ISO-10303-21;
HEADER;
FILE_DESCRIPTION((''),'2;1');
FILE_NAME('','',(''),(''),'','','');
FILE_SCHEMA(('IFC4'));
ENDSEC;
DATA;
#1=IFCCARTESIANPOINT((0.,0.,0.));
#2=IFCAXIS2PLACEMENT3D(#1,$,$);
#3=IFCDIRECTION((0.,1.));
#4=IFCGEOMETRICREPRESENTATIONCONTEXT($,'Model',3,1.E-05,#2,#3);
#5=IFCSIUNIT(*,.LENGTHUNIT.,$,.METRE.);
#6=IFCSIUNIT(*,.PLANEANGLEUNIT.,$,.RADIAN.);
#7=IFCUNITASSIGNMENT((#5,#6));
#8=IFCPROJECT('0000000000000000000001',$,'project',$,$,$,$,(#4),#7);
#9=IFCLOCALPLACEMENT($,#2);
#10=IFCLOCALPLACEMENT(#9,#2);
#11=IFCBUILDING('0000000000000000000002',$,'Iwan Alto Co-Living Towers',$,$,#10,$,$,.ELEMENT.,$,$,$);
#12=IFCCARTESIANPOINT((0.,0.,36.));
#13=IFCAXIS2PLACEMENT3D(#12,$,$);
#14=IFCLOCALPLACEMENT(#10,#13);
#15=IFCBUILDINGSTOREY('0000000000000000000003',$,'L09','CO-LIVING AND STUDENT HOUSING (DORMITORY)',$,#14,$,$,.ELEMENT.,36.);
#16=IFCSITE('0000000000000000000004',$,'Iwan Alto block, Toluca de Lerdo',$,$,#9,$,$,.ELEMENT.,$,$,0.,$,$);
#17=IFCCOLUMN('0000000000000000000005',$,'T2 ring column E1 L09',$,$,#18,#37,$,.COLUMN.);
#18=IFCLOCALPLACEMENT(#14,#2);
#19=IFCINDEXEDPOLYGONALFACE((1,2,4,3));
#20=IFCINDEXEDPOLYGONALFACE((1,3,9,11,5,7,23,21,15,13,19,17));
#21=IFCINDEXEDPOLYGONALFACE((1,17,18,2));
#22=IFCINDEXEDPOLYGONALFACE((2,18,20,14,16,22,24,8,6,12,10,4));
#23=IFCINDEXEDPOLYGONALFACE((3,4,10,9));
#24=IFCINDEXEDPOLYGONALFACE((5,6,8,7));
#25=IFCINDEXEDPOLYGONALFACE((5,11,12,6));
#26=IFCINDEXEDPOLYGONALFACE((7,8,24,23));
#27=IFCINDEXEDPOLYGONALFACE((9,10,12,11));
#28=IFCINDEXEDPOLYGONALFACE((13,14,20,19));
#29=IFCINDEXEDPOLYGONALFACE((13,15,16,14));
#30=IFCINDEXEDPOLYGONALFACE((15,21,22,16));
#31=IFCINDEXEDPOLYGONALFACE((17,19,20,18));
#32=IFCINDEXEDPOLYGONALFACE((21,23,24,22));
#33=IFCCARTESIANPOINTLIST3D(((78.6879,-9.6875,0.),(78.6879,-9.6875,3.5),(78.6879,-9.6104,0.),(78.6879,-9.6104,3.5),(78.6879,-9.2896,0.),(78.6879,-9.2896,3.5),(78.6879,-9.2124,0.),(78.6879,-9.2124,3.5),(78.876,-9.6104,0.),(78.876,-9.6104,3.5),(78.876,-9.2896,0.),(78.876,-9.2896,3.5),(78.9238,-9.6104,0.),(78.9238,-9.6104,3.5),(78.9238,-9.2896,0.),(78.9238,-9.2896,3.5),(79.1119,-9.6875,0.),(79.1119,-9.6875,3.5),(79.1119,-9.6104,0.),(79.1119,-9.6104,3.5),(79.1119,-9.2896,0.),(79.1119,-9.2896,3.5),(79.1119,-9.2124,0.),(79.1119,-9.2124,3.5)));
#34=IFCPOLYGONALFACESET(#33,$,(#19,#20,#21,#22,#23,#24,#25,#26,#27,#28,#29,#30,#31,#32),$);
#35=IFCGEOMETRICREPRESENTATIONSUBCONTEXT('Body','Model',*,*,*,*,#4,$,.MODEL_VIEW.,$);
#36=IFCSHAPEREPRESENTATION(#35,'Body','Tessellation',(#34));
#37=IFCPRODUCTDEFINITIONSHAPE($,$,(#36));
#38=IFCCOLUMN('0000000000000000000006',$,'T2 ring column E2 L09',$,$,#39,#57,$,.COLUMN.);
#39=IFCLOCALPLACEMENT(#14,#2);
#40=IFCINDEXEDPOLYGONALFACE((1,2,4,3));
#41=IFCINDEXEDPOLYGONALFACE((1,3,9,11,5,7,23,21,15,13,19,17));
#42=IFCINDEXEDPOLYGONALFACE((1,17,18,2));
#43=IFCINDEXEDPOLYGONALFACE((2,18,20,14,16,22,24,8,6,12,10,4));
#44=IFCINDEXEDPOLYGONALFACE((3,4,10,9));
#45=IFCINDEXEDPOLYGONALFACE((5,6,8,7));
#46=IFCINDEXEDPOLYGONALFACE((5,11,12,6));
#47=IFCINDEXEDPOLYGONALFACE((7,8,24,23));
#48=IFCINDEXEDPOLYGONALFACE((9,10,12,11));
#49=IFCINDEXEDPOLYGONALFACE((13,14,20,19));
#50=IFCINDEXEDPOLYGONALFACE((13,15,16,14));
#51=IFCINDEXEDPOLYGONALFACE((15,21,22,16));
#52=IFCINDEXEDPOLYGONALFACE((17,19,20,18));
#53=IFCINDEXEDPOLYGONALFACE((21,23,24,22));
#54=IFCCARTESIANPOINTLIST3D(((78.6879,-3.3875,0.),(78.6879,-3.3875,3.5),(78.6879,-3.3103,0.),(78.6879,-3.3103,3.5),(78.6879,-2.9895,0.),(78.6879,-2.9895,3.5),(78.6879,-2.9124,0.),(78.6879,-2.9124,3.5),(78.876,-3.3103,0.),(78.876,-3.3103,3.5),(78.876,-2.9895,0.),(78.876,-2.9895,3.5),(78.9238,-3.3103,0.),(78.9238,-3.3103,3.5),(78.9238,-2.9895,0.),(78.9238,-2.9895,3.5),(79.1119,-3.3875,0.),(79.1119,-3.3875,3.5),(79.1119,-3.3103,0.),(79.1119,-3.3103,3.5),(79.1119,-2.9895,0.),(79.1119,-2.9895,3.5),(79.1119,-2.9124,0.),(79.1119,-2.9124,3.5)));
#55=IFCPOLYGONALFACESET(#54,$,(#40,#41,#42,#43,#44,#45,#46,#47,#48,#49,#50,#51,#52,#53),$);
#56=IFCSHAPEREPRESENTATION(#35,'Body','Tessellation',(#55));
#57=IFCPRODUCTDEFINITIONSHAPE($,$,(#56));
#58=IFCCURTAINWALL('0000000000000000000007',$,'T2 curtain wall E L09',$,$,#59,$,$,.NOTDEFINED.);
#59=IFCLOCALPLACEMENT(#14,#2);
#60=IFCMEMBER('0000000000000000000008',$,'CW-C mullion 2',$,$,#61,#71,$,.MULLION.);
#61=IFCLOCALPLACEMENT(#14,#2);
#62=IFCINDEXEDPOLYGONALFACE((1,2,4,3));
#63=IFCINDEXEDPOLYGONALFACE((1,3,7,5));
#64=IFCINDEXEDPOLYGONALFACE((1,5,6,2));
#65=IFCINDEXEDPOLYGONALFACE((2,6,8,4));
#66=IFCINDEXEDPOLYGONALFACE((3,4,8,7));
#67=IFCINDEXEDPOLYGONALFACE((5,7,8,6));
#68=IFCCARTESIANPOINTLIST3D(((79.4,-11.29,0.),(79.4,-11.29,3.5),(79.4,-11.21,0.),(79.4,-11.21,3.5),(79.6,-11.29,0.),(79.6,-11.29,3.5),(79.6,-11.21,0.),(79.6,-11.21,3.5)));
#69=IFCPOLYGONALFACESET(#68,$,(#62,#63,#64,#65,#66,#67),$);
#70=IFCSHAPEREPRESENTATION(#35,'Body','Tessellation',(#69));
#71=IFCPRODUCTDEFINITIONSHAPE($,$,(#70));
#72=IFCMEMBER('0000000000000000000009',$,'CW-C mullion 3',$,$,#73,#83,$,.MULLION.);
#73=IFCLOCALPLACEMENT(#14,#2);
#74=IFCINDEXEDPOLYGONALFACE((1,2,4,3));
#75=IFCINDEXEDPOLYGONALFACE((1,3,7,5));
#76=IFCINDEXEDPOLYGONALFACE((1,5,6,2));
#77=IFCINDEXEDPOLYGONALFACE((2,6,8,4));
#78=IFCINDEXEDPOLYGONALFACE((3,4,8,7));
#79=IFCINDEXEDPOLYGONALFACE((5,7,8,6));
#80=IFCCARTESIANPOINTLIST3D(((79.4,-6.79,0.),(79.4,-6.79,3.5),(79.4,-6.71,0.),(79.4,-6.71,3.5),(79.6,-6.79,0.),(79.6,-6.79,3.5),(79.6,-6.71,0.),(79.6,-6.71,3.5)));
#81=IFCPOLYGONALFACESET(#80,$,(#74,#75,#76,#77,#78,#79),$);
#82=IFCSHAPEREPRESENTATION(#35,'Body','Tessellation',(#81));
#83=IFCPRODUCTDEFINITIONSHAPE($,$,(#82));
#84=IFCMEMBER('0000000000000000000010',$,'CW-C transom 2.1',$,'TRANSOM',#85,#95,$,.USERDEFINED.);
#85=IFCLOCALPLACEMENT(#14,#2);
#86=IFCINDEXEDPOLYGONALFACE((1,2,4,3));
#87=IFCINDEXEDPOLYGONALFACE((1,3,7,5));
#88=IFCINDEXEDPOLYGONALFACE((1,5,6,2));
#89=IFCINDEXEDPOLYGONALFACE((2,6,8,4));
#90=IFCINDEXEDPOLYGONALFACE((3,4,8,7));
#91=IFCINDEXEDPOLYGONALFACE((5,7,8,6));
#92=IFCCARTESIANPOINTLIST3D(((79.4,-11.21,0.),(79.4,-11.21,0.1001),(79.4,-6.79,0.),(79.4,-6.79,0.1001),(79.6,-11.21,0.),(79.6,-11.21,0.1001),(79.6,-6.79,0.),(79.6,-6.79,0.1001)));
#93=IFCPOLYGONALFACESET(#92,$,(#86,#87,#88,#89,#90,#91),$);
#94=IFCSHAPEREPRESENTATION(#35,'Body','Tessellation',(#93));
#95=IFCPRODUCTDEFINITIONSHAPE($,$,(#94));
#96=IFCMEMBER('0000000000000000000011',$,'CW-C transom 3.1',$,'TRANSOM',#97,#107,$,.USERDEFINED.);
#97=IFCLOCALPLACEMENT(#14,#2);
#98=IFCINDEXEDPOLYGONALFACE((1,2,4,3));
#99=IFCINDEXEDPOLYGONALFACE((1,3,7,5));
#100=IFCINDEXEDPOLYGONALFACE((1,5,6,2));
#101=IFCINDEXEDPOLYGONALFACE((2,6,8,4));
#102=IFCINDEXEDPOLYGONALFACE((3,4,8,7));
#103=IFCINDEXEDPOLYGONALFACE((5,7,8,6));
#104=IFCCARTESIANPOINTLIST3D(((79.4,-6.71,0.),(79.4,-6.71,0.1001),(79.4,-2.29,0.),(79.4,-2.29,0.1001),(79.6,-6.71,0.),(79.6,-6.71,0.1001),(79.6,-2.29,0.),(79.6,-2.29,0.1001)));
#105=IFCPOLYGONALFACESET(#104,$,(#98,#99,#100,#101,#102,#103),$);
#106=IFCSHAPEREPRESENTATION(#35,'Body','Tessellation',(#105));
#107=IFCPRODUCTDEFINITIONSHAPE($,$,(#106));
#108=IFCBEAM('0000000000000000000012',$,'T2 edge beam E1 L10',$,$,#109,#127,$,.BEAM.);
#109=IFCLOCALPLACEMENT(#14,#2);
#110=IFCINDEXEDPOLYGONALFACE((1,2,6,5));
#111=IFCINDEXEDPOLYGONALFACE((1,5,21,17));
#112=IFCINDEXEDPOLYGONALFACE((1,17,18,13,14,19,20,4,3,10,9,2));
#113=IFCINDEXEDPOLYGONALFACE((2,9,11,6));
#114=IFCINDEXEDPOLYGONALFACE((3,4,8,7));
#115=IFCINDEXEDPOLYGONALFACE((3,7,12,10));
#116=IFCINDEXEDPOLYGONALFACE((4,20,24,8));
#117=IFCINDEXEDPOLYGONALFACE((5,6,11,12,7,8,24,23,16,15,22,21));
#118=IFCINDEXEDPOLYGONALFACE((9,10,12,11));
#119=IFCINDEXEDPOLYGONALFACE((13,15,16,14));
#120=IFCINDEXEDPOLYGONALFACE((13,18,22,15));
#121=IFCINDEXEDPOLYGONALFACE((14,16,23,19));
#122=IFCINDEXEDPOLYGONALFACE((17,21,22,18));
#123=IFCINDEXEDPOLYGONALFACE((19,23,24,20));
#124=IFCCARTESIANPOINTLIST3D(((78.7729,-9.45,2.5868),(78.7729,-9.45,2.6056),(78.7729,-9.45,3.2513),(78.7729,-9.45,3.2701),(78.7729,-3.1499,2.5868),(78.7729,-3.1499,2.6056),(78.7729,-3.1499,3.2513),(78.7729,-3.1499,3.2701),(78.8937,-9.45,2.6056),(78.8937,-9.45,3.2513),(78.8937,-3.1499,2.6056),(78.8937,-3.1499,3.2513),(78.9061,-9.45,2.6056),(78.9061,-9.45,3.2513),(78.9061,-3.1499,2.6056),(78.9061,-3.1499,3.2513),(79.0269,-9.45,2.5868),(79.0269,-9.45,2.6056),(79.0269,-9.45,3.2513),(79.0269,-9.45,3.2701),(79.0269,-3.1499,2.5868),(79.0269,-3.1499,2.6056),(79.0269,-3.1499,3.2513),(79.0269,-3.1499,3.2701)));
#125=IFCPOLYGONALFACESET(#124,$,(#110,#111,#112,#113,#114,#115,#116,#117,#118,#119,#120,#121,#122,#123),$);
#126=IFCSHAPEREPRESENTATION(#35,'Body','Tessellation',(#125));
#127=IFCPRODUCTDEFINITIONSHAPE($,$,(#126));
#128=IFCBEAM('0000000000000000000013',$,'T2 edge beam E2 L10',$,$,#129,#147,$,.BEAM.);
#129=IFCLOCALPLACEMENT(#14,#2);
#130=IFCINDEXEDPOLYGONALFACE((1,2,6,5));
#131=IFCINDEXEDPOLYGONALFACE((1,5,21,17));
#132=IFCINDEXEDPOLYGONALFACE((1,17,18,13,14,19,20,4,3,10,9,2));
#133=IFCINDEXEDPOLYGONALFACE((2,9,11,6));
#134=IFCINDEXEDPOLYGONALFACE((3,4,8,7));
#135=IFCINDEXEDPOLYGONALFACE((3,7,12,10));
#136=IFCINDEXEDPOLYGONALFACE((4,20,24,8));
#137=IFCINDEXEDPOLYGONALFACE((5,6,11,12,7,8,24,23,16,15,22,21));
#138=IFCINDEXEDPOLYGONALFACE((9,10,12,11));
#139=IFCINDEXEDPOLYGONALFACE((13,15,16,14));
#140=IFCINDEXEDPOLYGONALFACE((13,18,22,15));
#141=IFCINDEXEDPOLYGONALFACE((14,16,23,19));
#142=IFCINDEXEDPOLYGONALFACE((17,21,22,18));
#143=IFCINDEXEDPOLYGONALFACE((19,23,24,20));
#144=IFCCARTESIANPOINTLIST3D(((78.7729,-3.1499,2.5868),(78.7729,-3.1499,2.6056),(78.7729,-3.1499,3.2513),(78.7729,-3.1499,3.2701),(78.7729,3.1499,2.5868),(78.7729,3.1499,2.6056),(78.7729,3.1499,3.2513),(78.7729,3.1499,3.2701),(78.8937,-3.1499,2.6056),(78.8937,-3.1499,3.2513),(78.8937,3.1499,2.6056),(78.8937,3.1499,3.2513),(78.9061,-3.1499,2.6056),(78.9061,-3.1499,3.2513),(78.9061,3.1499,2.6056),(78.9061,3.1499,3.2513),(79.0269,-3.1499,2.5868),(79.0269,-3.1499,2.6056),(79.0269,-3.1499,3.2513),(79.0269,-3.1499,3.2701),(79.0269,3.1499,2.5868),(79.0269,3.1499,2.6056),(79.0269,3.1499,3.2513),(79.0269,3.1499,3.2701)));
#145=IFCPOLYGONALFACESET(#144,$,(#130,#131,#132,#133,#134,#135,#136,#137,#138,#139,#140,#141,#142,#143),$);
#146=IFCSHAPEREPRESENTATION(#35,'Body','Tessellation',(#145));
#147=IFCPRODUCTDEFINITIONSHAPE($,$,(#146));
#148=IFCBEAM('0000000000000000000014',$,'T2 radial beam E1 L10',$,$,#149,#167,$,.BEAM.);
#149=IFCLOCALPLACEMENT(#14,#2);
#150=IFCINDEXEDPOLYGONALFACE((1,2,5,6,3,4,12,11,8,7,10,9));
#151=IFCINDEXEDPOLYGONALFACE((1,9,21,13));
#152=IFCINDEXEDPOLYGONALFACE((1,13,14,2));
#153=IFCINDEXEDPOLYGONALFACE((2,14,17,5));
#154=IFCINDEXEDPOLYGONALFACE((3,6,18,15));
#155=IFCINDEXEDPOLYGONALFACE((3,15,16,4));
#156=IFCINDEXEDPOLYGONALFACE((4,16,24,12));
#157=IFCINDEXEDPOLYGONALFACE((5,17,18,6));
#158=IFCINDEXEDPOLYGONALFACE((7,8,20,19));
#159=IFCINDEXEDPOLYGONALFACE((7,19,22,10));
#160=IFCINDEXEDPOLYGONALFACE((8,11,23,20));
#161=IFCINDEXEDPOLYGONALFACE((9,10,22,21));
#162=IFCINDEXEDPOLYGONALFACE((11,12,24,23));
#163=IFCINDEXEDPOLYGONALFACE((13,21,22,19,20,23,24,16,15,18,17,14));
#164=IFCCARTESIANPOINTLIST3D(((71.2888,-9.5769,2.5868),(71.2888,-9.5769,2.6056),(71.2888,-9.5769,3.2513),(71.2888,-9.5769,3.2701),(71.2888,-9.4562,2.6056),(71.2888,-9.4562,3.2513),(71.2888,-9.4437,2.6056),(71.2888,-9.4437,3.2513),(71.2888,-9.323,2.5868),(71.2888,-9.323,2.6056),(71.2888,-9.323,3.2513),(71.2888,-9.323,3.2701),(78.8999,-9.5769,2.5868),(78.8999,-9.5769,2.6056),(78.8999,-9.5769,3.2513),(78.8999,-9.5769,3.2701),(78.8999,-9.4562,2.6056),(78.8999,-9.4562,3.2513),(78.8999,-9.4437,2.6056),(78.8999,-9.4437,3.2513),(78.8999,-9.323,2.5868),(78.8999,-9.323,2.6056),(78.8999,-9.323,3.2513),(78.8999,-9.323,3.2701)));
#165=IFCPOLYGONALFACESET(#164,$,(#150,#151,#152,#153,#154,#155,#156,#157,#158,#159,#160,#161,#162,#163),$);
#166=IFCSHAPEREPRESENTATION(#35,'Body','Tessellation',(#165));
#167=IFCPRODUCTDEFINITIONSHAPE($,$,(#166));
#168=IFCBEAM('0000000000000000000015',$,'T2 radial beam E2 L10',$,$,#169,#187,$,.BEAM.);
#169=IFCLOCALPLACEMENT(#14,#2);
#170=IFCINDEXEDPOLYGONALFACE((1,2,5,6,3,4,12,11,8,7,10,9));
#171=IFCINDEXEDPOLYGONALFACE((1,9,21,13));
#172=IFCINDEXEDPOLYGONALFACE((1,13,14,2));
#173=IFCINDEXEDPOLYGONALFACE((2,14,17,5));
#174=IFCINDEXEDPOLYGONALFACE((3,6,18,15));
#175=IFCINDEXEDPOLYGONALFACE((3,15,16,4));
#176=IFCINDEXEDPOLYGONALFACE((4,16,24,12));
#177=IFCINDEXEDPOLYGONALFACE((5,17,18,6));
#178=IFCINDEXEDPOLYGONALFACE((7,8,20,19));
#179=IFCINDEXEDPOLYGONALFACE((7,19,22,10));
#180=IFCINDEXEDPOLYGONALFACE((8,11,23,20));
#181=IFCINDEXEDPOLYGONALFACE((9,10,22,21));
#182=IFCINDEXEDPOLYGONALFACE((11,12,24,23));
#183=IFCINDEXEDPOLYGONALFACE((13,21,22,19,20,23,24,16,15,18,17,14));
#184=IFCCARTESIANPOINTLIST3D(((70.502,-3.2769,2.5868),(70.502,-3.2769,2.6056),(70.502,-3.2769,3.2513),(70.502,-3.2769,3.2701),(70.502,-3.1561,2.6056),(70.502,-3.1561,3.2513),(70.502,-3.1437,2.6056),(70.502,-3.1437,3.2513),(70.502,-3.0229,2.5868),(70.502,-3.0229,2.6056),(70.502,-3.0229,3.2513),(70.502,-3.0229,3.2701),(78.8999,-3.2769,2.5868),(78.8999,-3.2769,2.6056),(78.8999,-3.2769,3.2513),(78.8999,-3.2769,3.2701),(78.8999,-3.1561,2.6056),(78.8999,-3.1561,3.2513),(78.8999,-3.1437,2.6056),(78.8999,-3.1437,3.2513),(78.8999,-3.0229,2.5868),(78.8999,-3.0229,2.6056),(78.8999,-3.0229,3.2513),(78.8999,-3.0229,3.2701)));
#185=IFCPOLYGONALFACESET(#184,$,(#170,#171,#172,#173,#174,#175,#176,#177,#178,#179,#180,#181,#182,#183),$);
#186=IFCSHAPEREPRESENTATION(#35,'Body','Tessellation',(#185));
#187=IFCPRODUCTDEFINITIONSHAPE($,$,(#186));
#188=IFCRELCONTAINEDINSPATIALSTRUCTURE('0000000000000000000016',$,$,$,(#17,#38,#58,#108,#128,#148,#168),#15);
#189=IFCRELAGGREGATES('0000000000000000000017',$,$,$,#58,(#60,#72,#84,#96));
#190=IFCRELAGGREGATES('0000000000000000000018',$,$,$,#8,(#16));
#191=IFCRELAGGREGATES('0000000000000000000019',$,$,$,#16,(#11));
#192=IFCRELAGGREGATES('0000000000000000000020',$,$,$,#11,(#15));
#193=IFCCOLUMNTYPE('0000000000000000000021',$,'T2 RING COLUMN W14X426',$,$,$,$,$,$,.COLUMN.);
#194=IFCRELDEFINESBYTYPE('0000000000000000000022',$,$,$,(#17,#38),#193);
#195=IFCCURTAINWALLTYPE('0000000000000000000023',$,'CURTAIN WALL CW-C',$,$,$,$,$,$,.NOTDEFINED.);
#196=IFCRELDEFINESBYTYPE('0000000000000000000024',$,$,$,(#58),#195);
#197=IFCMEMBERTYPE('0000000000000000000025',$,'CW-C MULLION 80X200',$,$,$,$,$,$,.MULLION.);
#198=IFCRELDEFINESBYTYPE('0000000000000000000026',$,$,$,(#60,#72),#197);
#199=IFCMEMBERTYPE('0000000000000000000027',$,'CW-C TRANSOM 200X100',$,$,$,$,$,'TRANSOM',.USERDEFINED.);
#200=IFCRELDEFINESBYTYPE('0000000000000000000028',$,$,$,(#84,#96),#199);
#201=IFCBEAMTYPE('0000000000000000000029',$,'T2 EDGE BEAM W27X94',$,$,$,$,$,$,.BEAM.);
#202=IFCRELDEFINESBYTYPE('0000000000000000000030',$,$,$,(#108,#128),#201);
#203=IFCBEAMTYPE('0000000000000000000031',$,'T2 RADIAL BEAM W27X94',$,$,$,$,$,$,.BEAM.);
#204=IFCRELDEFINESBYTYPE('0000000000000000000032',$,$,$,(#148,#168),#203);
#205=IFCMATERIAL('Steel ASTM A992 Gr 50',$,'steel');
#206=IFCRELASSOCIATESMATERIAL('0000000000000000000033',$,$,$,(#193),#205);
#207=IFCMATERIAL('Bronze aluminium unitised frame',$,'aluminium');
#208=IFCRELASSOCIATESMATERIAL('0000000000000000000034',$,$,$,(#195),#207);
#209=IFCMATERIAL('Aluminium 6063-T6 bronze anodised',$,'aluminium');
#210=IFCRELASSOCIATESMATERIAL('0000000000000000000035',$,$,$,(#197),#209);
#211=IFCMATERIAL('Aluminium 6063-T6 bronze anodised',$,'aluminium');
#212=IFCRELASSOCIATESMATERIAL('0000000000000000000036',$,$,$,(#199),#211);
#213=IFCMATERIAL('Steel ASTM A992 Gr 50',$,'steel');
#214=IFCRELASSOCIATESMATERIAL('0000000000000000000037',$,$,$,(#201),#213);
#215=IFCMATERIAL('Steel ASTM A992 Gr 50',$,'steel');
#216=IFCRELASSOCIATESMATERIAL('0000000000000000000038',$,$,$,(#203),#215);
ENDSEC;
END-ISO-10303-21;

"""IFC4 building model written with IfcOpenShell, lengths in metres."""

from ifc_helpers import new_model, si_unit, direction, frame, origin, origin_2d, place, context, subcontext, project, spatial, rectangle, i_section, extrude, material, material_profile, profile_set, type_object, element, aggregate, save


model = new_model("IFC4")

# Units and contexts
model_context = context("Model", 3, precision=1e-05, world=origin(), true_north=direction((0.0, 1.0)))
body_context = subcontext(model_context, "Body", "Model", "MODEL_VIEW")
ifc_project = project(units=[si_unit("LENGTHUNIT", "METRE"), si_unit("PLANEANGLEUNIT", "RADIAN")], contexts=[model_context])

# Site, building, storey
site_placement = place(None, origin())
site = spatial("IfcSite", under=ifc_project, at=site_placement, Name="Iwan Alto block, Toluca de Lerdo", CompositionType="ELEMENT", RefElevation=0.0)
building_placement = place(site_placement, origin())
building = spatial("IfcBuilding", under=site, at=building_placement, Name="Iwan Alto Co-Living Towers", CompositionType="ELEMENT")
storey_placement = place(building_placement, frame((0.0, 0.0, 36.0)))
storey = spatial("IfcBuildingStorey", under=building, at=storey_placement, Name="L09", Description="CO-LIVING AND STUDENT HOUSING (DORMITORY)", CompositionType="ELEMENT", Elevation=36.0)

# Columns
ifc_material_1 = material(Name="Steel ASTM A992 Gr 50", Category="steel")
ifc_material_profile_1 = material_profile(ifc_material_1, i_section(OverallWidth=0.4241, OverallDepth=0.4751, WebThickness=0.0479, FlangeThickness=0.0771, at=origin_2d()), Name="W14X426")
ifc_profile_set_1 = profile_set([ifc_material_profile_1], Name="Steel ASTM A992 Gr 50")
column_type = type_object("IfcColumnType", Name="T2 RING COLUMN W14X426", PredefinedType="COLUMN", material=ifc_profile_set_1)
for number, where, z_axis, x_axis, name in (
    (1, (78.8999, -9.45, 0.0), (0.0, 0.0, 1.0), (1.0, 0.0, 0.0), "T2 ring column E1 L09"),
    (2, (78.8999, -3.1499, 0.0), (0.0, 0.0, 1.0), (1.0, 0.0, 0.0), "T2 ring column E2 L09"),
):
    element("IfcColumn", number, at=place(storey_placement, frame(where, z_axis=z_axis, x_axis=x_axis)), inside=storey, type_object=column_type, Name=name, PredefinedType="COLUMN", context=body_context, shape_type="SweptSolid", body=[
        extrude(i_section(OverallWidth=0.4241, OverallDepth=0.4751, WebThickness=0.0479, FlangeThickness=0.0771, at=origin_2d()), origin(), (0.0, 0.0, 1.0), 3.5),
    ])

# Curtain wall, members
ifc_material_2 = material(Name="Bronze aluminium unitised frame", Category="aluminium")
curtain_wall_type = type_object("IfcCurtainWallType", Name="CURTAIN WALL CW-C", PredefinedType="NOTDEFINED", material=ifc_material_2)
curtain_wall_placement = place(storey_placement, origin())
curtain_wall = element("IfcCurtainWall", 3, at=curtain_wall_placement, inside=storey, type_object=curtain_wall_type, Name="T2 curtain wall E L09", PredefinedType="NOTDEFINED")
ifc_material_3 = material(Name="Aluminium 6063-T6 bronze anodised", Category="aluminium")
ifc_material_profile_2 = material_profile(ifc_material_3, rectangle(XDim=0.2, YDim=0.0801, at=origin_2d()), Name="AL 80X200")
ifc_profile_set_2 = profile_set([ifc_material_profile_2], Name="Aluminium 6063-T6 bronze anodised")
member_type_1 = type_object("IfcMemberType", Name="CW-C MULLION 80X200", PredefinedType="MULLION", material=ifc_profile_set_2)
member_1_placement = place(storey_placement, frame((79.5, -11.25, 0.0), z_axis=(0.0, 0.0, 1.0), x_axis=(-1.0, 0.0, 0.0)))
member_1 = element("IfcMember", 4, at=member_1_placement, type_object=member_type_1, Name="CW-C mullion 2", PredefinedType="MULLION", context=body_context, shape_type="SweptSolid", body=[
    extrude(rectangle(XDim=0.2, YDim=0.0801, at=origin_2d()), origin(), (0.0, 0.0, 1.0), 3.5),
])
member_2_placement = place(storey_placement, frame((79.5, -6.75, 0.0), z_axis=(0.0, 0.0, 1.0), x_axis=(-1.0, 0.0, 0.0)))
member_2 = element("IfcMember", 5, at=member_2_placement, type_object=member_type_1, Name="CW-C mullion 3", PredefinedType="MULLION", context=body_context, shape_type="SweptSolid", body=[
    extrude(rectangle(XDim=0.2, YDim=0.0801, at=origin_2d()), origin(), (0.0, 0.0, 1.0), 3.5),
])
ifc_material_4 = material(Name="Aluminium 6063-T6 bronze anodised", Category="aluminium")
ifc_material_profile_3 = material_profile(ifc_material_4, rectangle(XDim=0.2, YDim=0.1001, at=origin_2d()), Name="AL 200X100")
ifc_profile_set_3 = profile_set([ifc_material_profile_3], Name="Aluminium 6063-T6 bronze anodised")
member_type_2 = type_object("IfcMemberType", Name="CW-C TRANSOM 200X100", ElementType="TRANSOM", PredefinedType="USERDEFINED", material=ifc_profile_set_3)
member_3_placement = place(storey_placement, frame((79.5, -11.21, 0.05), z_axis=(0.0, 1.0, 0.0), x_axis=(-1.0, 0.0, 0.0)))
member_3 = element("IfcMember", 6, at=member_3_placement, type_object=member_type_2, Name="CW-C transom 2.1", ObjectType="TRANSOM", PredefinedType="USERDEFINED", context=body_context, shape_type="SweptSolid", body=[
    extrude(rectangle(XDim=0.2, YDim=0.1001, at=origin_2d()), origin(), (0.0, 0.0, 1.0), 4.4199),
])
member_4_placement = place(storey_placement, frame((79.5, -6.71, 0.05), z_axis=(0.0, 1.0, 0.0), x_axis=(-1.0, 0.0, 0.0)))
member_4 = element("IfcMember", 7, at=member_4_placement, type_object=member_type_2, Name="CW-C transom 3.1", ObjectType="TRANSOM", PredefinedType="USERDEFINED", context=body_context, shape_type="SweptSolid", body=[
    extrude(rectangle(XDim=0.2, YDim=0.1001, at=origin_2d()), origin(), (0.0, 0.0, 1.0), 4.4199),
])

# Beams
ifc_material_5 = material(Name="Steel ASTM A992 Gr 50", Category="steel")
ifc_material_profile_4 = material_profile(ifc_material_5, i_section(OverallWidth=0.2539, OverallDepth=0.6833, WebThickness=0.0125, FlangeThickness=0.0188, at=origin_2d()), Name="W27X94")
ifc_profile_set_4 = profile_set([ifc_material_profile_4], Name="Steel ASTM A992 Gr 50")
beam_type_1 = type_object("IfcBeamType", Name="T2 EDGE BEAM W27X94", PredefinedType="BEAM", material=ifc_profile_set_4)
beam_1_placement = place(storey_placement, frame((78.8999, -9.45, 2.9285), z_axis=(0.0, 1.0, 0.0), x_axis=(-1.0, 0.0, 0.0)))
element("IfcBeam", 8, at=beam_1_placement, inside=storey, type_object=beam_type_1, Name="T2 edge beam E1 L10", PredefinedType="BEAM", context=body_context, shape_type="SweptSolid", body=[
    extrude(i_section(OverallWidth=0.2539, OverallDepth=0.6833, WebThickness=0.0125, FlangeThickness=0.0188, at=origin_2d()), origin(), (0.0, 0.0, 1.0), 6.3),
])
beam_2_placement = place(storey_placement, frame((78.8999, -3.1499, 2.9285), z_axis=(0.0, 1.0, 0.0), x_axis=(-1.0, 0.0, 0.0)))
element("IfcBeam", 9, at=beam_2_placement, inside=storey, type_object=beam_type_1, Name="T2 edge beam E2 L10", PredefinedType="BEAM", context=body_context, shape_type="SweptSolid", body=[
    extrude(i_section(OverallWidth=0.2539, OverallDepth=0.6833, WebThickness=0.0125, FlangeThickness=0.0188, at=origin_2d()), origin(), (0.0, 0.0, 1.0), 6.2998),
])
ifc_material_6 = material(Name="Steel ASTM A992 Gr 50", Category="steel")
ifc_material_profile_5 = material_profile(ifc_material_6, i_section(OverallWidth=0.2539, OverallDepth=0.6833, WebThickness=0.0125, FlangeThickness=0.0188, at=origin_2d()), Name="W27X94")
ifc_profile_set_5 = profile_set([ifc_material_profile_5], Name="Steel ASTM A992 Gr 50")
beam_type_2 = type_object("IfcBeamType", Name="T2 RADIAL BEAM W27X94", PredefinedType="BEAM", material=ifc_profile_set_5)
beam_3_placement = place(storey_placement, frame((78.8999, -9.45, 2.9285), z_axis=(-1.0, 0.0, 0.0), x_axis=(0.0, -1.0, 0.0)))
element("IfcBeam", 10, at=beam_3_placement, inside=storey, type_object=beam_type_2, Name="T2 radial beam E1 L10", PredefinedType="BEAM", context=body_context, shape_type="SweptSolid", body=[
    extrude(i_section(OverallWidth=0.2539, OverallDepth=0.6833, WebThickness=0.0125, FlangeThickness=0.0188, at=origin_2d()), origin(), (0.0, 0.0, 1.0), 7.6111),
])
beam_4_placement = place(storey_placement, frame((78.8999, -3.1499, 2.9285), z_axis=(-1.0, 0.0, 0.0), x_axis=(0.0, -1.0, 0.0)))
element("IfcBeam", 11, at=beam_4_placement, inside=storey, type_object=beam_type_2, Name="T2 radial beam E2 L10", PredefinedType="BEAM", context=body_context, shape_type="SweptSolid", body=[
    extrude(i_section(OverallWidth=0.2539, OverallDepth=0.6833, WebThickness=0.0125, FlangeThickness=0.0188, at=origin_2d()), origin(), (0.0, 0.0, 1.0), 8.3979),
])

aggregate(curtain_wall, [member_1, member_2, member_3, member_4])

save(model, "model.ifc")
